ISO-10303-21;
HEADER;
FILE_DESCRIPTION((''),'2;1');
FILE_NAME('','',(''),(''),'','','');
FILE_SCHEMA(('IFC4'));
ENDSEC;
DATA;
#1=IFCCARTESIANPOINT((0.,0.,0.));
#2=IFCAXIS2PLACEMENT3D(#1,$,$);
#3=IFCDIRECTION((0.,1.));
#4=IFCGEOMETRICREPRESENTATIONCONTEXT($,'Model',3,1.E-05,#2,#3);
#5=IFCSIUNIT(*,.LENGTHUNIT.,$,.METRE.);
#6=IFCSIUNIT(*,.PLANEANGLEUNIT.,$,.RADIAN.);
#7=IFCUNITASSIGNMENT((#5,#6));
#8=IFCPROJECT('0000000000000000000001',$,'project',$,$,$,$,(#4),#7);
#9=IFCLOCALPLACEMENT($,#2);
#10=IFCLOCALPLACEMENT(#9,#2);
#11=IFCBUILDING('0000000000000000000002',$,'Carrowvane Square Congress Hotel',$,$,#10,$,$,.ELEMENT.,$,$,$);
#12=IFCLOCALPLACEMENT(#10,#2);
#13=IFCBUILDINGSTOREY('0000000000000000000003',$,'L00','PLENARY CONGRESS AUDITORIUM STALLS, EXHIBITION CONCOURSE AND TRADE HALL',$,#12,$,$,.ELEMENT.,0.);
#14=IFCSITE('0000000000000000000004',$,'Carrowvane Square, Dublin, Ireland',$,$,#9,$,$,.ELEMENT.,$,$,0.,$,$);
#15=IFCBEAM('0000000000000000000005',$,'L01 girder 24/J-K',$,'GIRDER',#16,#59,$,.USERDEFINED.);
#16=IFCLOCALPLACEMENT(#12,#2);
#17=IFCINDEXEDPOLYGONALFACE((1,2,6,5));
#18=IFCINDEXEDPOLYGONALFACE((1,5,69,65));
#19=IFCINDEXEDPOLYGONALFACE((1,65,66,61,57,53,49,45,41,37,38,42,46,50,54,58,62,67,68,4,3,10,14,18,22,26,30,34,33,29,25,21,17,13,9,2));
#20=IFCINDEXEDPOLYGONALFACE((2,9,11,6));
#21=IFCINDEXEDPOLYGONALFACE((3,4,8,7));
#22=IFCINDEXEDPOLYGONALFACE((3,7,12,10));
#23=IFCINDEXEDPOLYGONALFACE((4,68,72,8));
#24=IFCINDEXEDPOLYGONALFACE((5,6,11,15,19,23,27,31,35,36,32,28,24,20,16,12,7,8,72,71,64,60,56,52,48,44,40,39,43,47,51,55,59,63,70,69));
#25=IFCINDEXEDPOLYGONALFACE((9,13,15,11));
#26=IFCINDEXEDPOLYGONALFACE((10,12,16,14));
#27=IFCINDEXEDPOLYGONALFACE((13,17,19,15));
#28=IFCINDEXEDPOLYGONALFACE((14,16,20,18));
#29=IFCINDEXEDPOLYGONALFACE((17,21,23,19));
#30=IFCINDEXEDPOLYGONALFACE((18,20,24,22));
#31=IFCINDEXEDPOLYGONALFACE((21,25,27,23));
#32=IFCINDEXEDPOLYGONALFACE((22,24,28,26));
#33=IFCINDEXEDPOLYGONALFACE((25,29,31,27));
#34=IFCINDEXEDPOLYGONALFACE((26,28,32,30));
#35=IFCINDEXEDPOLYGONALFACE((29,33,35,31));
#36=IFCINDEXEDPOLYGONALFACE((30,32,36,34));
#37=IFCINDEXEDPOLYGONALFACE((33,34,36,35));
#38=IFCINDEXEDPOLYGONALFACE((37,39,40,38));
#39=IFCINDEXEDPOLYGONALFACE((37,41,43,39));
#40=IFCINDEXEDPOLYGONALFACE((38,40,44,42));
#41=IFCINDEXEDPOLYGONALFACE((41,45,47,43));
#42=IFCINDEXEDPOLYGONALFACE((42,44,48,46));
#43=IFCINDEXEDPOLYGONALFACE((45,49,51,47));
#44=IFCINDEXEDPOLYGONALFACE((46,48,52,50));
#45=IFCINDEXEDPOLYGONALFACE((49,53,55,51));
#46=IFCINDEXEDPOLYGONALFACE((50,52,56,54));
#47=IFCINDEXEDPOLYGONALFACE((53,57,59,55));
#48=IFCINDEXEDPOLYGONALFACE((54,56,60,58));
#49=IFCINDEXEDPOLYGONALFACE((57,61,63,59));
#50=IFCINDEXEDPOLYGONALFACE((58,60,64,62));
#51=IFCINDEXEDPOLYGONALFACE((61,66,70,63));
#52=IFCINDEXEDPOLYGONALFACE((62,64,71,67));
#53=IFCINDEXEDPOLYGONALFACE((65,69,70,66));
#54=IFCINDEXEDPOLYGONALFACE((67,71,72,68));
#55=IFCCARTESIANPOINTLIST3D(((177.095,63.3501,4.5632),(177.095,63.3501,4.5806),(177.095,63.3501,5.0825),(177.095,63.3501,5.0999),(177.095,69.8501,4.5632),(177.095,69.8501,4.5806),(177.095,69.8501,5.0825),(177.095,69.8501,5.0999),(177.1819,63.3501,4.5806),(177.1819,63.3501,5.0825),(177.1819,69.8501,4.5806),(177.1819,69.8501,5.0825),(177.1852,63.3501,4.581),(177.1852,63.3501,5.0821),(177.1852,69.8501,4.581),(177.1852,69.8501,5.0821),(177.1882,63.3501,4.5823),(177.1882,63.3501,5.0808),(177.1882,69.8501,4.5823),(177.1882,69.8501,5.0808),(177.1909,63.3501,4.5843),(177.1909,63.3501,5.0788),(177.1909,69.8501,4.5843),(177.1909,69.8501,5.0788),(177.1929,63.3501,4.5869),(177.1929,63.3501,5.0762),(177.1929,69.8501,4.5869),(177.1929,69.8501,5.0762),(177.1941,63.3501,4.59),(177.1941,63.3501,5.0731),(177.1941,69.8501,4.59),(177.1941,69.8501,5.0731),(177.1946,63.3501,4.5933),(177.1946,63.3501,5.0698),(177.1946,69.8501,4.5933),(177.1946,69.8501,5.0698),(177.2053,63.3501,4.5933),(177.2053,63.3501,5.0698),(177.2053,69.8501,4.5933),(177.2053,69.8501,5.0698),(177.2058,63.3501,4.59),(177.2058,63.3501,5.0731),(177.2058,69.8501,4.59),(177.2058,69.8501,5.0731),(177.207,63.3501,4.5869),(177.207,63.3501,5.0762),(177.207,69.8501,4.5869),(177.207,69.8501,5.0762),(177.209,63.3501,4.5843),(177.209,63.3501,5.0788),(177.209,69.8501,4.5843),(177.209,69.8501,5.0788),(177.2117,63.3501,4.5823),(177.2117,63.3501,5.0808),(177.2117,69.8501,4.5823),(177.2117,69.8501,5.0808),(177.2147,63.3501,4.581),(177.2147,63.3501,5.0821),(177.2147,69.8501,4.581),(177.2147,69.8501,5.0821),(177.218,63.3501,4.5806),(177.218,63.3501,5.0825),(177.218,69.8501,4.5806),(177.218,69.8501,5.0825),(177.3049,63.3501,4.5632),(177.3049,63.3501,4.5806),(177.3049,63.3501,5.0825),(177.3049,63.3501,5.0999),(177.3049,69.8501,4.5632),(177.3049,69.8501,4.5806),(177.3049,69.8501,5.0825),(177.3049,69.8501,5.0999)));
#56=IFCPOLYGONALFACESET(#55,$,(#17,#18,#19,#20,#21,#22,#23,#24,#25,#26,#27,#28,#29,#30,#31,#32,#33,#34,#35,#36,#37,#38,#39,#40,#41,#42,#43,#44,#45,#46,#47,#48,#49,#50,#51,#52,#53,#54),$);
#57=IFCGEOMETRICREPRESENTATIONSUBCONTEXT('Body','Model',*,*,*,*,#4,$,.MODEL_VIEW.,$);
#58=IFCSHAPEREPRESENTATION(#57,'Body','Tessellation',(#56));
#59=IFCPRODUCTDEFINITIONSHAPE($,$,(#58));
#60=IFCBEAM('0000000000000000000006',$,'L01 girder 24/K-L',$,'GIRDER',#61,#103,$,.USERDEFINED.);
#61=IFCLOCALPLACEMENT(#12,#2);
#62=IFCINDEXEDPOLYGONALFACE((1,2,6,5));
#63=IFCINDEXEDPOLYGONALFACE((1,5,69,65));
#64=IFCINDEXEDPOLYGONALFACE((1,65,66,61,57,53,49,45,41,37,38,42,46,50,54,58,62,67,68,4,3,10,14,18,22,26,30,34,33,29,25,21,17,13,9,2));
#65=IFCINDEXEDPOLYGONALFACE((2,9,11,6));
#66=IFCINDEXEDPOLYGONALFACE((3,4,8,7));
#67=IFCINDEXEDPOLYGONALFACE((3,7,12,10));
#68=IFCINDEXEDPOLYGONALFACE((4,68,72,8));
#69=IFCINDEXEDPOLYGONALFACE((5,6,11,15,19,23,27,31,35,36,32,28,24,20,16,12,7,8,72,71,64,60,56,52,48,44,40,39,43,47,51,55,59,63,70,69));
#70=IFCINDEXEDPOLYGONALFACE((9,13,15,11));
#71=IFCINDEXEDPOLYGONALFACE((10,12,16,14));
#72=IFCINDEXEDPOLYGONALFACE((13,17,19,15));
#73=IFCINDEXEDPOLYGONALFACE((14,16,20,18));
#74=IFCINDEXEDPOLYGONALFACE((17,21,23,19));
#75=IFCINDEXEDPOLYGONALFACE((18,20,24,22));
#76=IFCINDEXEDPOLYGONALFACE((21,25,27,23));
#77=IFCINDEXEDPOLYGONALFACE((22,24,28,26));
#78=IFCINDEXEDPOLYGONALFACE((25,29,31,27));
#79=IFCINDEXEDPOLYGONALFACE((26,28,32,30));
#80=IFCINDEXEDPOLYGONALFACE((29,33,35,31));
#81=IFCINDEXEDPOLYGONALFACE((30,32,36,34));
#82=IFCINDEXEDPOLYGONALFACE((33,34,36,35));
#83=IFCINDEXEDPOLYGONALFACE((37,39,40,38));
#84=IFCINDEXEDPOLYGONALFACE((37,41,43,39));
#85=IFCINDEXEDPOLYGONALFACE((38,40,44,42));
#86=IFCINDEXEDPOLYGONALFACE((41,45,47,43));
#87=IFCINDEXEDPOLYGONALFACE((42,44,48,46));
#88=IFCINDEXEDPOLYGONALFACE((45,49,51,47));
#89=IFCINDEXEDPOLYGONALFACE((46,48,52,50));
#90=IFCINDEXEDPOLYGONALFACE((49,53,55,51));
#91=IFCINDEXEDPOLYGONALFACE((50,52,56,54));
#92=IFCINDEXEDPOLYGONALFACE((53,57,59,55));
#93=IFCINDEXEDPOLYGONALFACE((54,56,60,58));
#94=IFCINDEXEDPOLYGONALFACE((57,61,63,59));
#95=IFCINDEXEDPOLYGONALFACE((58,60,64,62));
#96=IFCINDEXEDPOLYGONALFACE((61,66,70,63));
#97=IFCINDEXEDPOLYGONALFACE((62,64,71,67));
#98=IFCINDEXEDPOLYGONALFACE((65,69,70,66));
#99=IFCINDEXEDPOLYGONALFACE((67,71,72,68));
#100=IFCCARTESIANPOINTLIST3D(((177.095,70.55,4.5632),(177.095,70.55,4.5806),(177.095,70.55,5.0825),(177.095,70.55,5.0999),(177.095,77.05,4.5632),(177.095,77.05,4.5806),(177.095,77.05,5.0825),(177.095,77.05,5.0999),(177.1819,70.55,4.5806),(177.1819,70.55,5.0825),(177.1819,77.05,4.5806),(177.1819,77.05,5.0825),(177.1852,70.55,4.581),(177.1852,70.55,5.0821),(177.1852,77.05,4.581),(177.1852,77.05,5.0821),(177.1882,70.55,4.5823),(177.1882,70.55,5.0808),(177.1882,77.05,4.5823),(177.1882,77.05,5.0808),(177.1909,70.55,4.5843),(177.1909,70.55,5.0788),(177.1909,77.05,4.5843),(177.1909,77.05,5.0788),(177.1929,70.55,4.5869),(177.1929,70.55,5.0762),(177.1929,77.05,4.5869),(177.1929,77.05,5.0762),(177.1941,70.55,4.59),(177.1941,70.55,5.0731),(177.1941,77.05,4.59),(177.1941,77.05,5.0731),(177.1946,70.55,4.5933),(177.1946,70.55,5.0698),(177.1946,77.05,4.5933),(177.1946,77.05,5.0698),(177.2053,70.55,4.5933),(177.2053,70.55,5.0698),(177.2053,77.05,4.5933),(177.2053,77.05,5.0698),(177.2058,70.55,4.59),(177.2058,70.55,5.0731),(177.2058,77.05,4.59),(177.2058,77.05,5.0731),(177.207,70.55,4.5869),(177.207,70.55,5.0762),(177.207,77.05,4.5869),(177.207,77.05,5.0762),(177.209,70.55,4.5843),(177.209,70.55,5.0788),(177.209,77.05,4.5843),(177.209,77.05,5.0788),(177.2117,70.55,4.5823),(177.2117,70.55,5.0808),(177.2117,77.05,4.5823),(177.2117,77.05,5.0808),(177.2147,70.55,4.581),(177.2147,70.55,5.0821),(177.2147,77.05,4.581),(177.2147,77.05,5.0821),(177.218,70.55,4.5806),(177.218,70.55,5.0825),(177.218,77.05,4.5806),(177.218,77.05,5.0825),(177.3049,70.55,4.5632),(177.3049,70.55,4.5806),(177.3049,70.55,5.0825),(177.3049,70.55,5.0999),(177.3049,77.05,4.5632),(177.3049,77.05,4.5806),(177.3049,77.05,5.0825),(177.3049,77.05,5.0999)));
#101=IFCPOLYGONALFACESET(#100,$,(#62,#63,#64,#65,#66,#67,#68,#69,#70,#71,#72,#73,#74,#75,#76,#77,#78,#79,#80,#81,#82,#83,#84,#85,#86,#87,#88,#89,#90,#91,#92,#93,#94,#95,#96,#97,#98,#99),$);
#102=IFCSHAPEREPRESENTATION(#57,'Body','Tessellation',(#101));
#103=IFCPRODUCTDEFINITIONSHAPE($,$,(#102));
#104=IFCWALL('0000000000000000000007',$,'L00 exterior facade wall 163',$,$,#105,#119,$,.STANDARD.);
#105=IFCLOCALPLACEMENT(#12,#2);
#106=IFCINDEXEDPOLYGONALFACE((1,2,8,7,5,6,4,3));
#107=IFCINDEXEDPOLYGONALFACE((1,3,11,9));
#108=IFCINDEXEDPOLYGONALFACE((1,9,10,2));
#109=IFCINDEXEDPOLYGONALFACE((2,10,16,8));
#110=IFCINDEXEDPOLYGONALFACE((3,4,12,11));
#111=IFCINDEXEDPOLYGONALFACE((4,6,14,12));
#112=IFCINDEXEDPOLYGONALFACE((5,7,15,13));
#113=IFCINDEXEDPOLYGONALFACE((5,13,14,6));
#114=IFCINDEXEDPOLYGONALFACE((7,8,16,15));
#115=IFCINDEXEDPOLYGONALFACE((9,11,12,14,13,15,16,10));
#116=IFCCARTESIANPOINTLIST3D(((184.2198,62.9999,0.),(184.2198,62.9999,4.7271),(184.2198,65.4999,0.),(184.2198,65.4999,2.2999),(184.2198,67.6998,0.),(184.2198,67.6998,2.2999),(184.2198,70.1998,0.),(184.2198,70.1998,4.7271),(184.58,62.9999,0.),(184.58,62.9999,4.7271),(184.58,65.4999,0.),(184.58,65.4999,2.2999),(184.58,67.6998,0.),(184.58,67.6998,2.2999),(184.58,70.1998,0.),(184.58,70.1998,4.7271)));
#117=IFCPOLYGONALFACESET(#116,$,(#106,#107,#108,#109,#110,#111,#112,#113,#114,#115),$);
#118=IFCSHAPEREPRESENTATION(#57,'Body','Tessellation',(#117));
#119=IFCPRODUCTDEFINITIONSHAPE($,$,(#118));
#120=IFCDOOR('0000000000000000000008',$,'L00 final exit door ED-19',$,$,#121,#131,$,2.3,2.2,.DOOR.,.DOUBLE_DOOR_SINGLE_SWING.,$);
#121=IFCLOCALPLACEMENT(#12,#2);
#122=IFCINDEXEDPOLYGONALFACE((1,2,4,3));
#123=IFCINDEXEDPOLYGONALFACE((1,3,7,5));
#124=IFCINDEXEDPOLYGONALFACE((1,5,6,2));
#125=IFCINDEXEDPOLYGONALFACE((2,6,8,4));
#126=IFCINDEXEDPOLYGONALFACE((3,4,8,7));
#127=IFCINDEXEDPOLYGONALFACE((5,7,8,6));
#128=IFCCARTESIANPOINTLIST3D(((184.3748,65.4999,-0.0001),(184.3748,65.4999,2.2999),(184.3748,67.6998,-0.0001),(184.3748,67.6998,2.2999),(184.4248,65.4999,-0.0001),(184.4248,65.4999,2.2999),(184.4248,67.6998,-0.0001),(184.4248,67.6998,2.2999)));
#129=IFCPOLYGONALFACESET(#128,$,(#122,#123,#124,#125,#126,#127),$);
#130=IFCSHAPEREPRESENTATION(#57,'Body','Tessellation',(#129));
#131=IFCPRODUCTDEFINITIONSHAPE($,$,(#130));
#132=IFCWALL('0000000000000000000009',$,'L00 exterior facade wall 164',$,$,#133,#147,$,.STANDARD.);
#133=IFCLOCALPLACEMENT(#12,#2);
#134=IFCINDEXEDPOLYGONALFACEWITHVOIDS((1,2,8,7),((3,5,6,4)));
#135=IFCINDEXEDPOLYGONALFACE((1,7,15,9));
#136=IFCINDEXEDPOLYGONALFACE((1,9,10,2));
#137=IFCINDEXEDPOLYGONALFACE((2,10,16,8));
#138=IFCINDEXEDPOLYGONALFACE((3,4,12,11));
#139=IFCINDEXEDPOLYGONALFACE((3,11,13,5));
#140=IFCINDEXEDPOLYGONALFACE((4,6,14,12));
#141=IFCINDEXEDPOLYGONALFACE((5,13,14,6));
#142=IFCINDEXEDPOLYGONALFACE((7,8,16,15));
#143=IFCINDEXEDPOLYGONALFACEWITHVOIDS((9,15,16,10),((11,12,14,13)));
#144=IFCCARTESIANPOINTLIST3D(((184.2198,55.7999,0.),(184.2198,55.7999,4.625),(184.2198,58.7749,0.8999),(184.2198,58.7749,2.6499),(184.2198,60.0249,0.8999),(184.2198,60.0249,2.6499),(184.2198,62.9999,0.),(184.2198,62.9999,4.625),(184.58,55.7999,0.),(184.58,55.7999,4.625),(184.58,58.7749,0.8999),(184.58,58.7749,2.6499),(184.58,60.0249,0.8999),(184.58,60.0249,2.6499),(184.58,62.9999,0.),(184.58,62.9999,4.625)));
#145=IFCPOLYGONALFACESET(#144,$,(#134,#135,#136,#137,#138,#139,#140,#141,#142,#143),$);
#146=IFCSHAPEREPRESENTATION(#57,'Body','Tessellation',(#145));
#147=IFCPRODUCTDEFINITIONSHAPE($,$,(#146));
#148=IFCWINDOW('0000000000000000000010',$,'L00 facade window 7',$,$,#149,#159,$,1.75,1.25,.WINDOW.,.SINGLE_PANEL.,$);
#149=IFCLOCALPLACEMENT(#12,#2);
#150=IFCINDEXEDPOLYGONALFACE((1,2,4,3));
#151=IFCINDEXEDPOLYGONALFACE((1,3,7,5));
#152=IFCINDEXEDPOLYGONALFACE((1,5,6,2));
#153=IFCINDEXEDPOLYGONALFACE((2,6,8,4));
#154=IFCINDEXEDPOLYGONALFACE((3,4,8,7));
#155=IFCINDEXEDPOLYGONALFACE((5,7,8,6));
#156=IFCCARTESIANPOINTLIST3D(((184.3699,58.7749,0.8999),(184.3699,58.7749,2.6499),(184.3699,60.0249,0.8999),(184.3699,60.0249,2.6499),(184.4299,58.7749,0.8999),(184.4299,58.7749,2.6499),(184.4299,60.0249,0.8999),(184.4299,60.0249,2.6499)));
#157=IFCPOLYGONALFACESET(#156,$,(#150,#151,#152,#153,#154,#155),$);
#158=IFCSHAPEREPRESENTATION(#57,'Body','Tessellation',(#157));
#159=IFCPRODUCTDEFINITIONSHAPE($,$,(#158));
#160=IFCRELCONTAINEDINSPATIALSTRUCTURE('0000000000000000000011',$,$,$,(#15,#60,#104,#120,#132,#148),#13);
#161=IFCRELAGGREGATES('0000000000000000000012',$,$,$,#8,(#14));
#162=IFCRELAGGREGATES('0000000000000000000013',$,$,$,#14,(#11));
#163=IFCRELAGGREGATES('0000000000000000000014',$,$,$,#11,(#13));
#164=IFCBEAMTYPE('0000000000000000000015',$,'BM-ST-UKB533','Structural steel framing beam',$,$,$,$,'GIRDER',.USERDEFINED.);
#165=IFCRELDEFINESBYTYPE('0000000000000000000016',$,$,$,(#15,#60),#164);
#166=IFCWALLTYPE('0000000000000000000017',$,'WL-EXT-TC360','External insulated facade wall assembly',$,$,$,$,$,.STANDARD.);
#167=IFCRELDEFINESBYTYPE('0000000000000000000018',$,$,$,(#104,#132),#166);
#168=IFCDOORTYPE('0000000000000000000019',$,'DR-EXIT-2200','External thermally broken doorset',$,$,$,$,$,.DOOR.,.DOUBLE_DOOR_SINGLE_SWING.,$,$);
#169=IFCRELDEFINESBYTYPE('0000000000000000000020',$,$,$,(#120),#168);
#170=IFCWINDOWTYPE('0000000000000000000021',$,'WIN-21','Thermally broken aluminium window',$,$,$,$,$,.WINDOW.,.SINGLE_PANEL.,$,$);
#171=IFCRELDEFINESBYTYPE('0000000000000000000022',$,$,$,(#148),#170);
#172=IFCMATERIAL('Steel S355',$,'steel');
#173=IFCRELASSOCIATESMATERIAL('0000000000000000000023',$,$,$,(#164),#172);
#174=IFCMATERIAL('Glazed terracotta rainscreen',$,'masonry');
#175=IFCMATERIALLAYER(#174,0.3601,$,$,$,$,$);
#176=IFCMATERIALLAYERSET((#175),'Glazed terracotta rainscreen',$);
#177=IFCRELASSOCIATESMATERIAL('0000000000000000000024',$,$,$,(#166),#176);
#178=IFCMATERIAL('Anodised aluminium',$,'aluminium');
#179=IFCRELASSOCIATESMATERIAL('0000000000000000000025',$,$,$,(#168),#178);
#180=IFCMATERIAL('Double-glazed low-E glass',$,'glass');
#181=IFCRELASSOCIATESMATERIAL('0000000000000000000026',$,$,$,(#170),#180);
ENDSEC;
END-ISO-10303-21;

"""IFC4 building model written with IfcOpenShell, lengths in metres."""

from ifc_helpers import new_model, si_unit, direction, frame, frame_2d, origin, origin_2d, place, context, subcontext, project, spatial, rectangle, i_section, extrude, material, layer, layer_set, material_profile, profile_set, type_object, element, fill, save


model = new_model("IFC4")

# Units and contexts
model_context = context("Model", 3, precision=1e-05, world=origin(), true_north=direction((0.0, 1.0)))
body_context = subcontext(model_context, "Body", "Model", "MODEL_VIEW")
ifc_project = project(units=[si_unit("LENGTHUNIT", "METRE"), si_unit("PLANEANGLEUNIT", "RADIAN")], contexts=[model_context])

# Site, building, storey
site_placement = place(None, origin())
site = spatial("IfcSite", under=ifc_project, at=site_placement, Name="Carrowvane Square, Dublin, Ireland", CompositionType="ELEMENT", RefElevation=0.0)
building_placement = place(site_placement, origin())
building = spatial("IfcBuilding", under=site, at=building_placement, Name="Carrowvane Square Congress Hotel", CompositionType="ELEMENT")
storey_placement = place(building_placement, origin())
storey = spatial("IfcBuildingStorey", under=building, at=storey_placement, Name="L00", Description="PLENARY CONGRESS AUDITORIUM STALLS, EXHIBITION CONCOURSE AND TRADE HALL", CompositionType="ELEMENT", Elevation=0.0)

# Beams
ifc_material_1 = material(Name="Steel S355", Category="steel")
ifc_material_profile_1 = material_profile(ifc_material_1, i_section(OverallWidth=0.21, OverallDepth=0.5366, WebThickness=0.0107, FlangeThickness=0.0173, FilletRadius=0.0127, at=origin_2d()), Name="UKB 533x210x101")
ifc_profile_set_1 = profile_set([ifc_material_profile_1], Name="Steel S355")
beam_type_1 = type_object("IfcBeamType", Name="BM-ST-UKB533", Description="Structural steel framing beam", ElementType="GIRDER", PredefinedType="USERDEFINED", material=ifc_profile_set_1)
for number, where, z_axis, x_axis, name in (
    (1, (177.2, 63.3501, 4.8315), (0.0, 1.0, 0.0), (-1.0, 0.0, 0.0), "L01 girder 24/J-K"),
    (2, (177.2, 70.55, 4.8315), (0.0, 1.0, 0.0), (-1.0, 0.0, 0.0), "L01 girder 24/K-L"),
):
    element("IfcBeam", number, at=place(storey_placement, frame(where, z_axis=z_axis, x_axis=x_axis)), inside=storey, type_object=beam_type_1, Name=name, ObjectType="GIRDER", PredefinedType="USERDEFINED", context=body_context, shape_type="SweptSolid", body=[
        extrude(i_section(OverallWidth=0.21, OverallDepth=0.5366, WebThickness=0.0107, FlangeThickness=0.0173, FilletRadius=0.0127, at=origin_2d()), origin(), (0.0, 0.0, 1.0), 6.5),
    ])

# Wall, opening, door
ifc_material_2 = material(Name="Glazed terracotta rainscreen", Category="masonry")
ifc_layer_1 = layer(ifc_material_2, 0.3601)
ifc_layer_set_1 = layer_set([ifc_layer_1], Name="Glazed terracotta rainscreen")
wall_type_1 = type_object("IfcWallType", Name="WL-EXT-TC360", Description="External insulated facade wall assembly", PredefinedType="STANDARD", material=ifc_layer_set_1)
wall_1_placement = place(storey_placement, frame((184.3999, 70.2, 0.0), z_axis=(0.0, 0.0, 1.0), x_axis=(0.0, -1.0, 0.0)))
wall_1 = element("IfcWall", 3, at=wall_1_placement, inside=storey, type_object=wall_type_1, Name="L00 exterior facade wall 163", PredefinedType="STANDARD", context=body_context, shape_type="SweptSolid", body=[
    extrude(rectangle(XDim=7.2, YDim=0.3601, at=frame_2d((3.6001, 0.0))), origin(), (0.0, 0.0, 1.0), 4.7271),
])
opening_1_placement = place(wall_1_placement, frame((2.5, 0.0, 0.0)))
opening_1 = element("IfcOpeningElement", 4, at=opening_1_placement, cuts=wall_1, PredefinedType="OPENING", context=body_context, shape_type="SweptSolid", body=[
    extrude(rectangle(XDim=2.2, YDim=2.3, at=frame_2d((1.1001, 1.1499))), frame((0.0, 0.1899, 0.0), z_axis=(0.0, -1.0, 0.0), x_axis=(1.0, 0.0, 0.0)), (0.0, 0.0, 1.0), 0.3801),
])
ifc_material_3 = material(Name="Anodised aluminium", Category="aluminium")
door_type_1 = type_object("IfcDoorType", Name="DR-EXIT-2200", Description="External thermally broken doorset", OperationType="DOUBLE_DOOR_SINGLE_SWING", PredefinedType="DOOR", material=ifc_material_3)
door_1_placement = place(opening_1_placement, origin())
door_1 = element("IfcDoor", 5, at=door_1_placement, inside=storey, type_object=door_type_1, Name="L00 final exit door ED-19", OperationType="DOUBLE_DOOR_SINGLE_SWING", OverallHeight=2.3, OverallWidth=2.2, PredefinedType="DOOR", context=body_context, shape_type="SweptSolid", body=[
    extrude(rectangle(XDim=2.2, YDim=2.3, at=frame_2d((1.1001, 1.1499))), frame((0.0, 0.0249, 0.0), z_axis=(0.0, -1.0, 0.0), x_axis=(1.0, 0.0, 0.0)), (0.0, 0.0, 1.0), 0.05),
])
fill(opening_1, door_1)

# Wall, opening, window
wall_2_placement = place(storey_placement, frame((184.3999, 63.0, 0.0), z_axis=(0.0, 0.0, 1.0), x_axis=(0.0, -1.0, 0.0)))
wall_2 = element("IfcWall", 6, at=wall_2_placement, inside=storey, type_object=wall_type_1, Name="L00 exterior facade wall 164", PredefinedType="STANDARD", context=body_context, shape_type="SweptSolid", body=[
    extrude(rectangle(XDim=7.2, YDim=0.3601, at=frame_2d((3.6001, 0.0))), origin(), (0.0, 0.0, 1.0), 4.625),
])
opening_2_placement = place(wall_2_placement, frame((2.9751, 0.0, 0.8999)))
opening_2 = element("IfcOpeningElement", 7, at=opening_2_placement, cuts=wall_2, PredefinedType="OPENING", context=body_context, shape_type="SweptSolid", body=[
    extrude(rectangle(XDim=1.25, YDim=1.75, at=frame_2d((0.625, 0.875))), frame((0.0, 0.1899, 0.0), z_axis=(0.0, -1.0, 0.0), x_axis=(1.0, 0.0, 0.0)), (0.0, 0.0, 1.0), 0.3801),
])
ifc_material_4 = material(Name="Double-glazed low-E glass", Category="glass")
window_type = type_object("IfcWindowType", Name="WIN-21", Description="Thermally broken aluminium window", PartitioningType="SINGLE_PANEL", PredefinedType="WINDOW", material=ifc_material_4)
window_placement = place(opening_2_placement, origin())
window = element("IfcWindow", 8, at=window_placement, inside=storey, type_object=window_type, Name="L00 facade window 7", OverallHeight=1.75, OverallWidth=1.25, PartitioningType="SINGLE_PANEL", PredefinedType="WINDOW", context=body_context, shape_type="SweptSolid", body=[
    extrude(rectangle(XDim=1.25, YDim=1.75, at=frame_2d((0.625, 0.875))), frame((0.0, 0.03, 0.0), z_axis=(0.0, -1.0, 0.0), x_axis=(1.0, 0.0, 0.0)), (0.0, 0.0, 1.0), 0.0601),
])
fill(opening_2, window)

save(model, "model.ifc")
